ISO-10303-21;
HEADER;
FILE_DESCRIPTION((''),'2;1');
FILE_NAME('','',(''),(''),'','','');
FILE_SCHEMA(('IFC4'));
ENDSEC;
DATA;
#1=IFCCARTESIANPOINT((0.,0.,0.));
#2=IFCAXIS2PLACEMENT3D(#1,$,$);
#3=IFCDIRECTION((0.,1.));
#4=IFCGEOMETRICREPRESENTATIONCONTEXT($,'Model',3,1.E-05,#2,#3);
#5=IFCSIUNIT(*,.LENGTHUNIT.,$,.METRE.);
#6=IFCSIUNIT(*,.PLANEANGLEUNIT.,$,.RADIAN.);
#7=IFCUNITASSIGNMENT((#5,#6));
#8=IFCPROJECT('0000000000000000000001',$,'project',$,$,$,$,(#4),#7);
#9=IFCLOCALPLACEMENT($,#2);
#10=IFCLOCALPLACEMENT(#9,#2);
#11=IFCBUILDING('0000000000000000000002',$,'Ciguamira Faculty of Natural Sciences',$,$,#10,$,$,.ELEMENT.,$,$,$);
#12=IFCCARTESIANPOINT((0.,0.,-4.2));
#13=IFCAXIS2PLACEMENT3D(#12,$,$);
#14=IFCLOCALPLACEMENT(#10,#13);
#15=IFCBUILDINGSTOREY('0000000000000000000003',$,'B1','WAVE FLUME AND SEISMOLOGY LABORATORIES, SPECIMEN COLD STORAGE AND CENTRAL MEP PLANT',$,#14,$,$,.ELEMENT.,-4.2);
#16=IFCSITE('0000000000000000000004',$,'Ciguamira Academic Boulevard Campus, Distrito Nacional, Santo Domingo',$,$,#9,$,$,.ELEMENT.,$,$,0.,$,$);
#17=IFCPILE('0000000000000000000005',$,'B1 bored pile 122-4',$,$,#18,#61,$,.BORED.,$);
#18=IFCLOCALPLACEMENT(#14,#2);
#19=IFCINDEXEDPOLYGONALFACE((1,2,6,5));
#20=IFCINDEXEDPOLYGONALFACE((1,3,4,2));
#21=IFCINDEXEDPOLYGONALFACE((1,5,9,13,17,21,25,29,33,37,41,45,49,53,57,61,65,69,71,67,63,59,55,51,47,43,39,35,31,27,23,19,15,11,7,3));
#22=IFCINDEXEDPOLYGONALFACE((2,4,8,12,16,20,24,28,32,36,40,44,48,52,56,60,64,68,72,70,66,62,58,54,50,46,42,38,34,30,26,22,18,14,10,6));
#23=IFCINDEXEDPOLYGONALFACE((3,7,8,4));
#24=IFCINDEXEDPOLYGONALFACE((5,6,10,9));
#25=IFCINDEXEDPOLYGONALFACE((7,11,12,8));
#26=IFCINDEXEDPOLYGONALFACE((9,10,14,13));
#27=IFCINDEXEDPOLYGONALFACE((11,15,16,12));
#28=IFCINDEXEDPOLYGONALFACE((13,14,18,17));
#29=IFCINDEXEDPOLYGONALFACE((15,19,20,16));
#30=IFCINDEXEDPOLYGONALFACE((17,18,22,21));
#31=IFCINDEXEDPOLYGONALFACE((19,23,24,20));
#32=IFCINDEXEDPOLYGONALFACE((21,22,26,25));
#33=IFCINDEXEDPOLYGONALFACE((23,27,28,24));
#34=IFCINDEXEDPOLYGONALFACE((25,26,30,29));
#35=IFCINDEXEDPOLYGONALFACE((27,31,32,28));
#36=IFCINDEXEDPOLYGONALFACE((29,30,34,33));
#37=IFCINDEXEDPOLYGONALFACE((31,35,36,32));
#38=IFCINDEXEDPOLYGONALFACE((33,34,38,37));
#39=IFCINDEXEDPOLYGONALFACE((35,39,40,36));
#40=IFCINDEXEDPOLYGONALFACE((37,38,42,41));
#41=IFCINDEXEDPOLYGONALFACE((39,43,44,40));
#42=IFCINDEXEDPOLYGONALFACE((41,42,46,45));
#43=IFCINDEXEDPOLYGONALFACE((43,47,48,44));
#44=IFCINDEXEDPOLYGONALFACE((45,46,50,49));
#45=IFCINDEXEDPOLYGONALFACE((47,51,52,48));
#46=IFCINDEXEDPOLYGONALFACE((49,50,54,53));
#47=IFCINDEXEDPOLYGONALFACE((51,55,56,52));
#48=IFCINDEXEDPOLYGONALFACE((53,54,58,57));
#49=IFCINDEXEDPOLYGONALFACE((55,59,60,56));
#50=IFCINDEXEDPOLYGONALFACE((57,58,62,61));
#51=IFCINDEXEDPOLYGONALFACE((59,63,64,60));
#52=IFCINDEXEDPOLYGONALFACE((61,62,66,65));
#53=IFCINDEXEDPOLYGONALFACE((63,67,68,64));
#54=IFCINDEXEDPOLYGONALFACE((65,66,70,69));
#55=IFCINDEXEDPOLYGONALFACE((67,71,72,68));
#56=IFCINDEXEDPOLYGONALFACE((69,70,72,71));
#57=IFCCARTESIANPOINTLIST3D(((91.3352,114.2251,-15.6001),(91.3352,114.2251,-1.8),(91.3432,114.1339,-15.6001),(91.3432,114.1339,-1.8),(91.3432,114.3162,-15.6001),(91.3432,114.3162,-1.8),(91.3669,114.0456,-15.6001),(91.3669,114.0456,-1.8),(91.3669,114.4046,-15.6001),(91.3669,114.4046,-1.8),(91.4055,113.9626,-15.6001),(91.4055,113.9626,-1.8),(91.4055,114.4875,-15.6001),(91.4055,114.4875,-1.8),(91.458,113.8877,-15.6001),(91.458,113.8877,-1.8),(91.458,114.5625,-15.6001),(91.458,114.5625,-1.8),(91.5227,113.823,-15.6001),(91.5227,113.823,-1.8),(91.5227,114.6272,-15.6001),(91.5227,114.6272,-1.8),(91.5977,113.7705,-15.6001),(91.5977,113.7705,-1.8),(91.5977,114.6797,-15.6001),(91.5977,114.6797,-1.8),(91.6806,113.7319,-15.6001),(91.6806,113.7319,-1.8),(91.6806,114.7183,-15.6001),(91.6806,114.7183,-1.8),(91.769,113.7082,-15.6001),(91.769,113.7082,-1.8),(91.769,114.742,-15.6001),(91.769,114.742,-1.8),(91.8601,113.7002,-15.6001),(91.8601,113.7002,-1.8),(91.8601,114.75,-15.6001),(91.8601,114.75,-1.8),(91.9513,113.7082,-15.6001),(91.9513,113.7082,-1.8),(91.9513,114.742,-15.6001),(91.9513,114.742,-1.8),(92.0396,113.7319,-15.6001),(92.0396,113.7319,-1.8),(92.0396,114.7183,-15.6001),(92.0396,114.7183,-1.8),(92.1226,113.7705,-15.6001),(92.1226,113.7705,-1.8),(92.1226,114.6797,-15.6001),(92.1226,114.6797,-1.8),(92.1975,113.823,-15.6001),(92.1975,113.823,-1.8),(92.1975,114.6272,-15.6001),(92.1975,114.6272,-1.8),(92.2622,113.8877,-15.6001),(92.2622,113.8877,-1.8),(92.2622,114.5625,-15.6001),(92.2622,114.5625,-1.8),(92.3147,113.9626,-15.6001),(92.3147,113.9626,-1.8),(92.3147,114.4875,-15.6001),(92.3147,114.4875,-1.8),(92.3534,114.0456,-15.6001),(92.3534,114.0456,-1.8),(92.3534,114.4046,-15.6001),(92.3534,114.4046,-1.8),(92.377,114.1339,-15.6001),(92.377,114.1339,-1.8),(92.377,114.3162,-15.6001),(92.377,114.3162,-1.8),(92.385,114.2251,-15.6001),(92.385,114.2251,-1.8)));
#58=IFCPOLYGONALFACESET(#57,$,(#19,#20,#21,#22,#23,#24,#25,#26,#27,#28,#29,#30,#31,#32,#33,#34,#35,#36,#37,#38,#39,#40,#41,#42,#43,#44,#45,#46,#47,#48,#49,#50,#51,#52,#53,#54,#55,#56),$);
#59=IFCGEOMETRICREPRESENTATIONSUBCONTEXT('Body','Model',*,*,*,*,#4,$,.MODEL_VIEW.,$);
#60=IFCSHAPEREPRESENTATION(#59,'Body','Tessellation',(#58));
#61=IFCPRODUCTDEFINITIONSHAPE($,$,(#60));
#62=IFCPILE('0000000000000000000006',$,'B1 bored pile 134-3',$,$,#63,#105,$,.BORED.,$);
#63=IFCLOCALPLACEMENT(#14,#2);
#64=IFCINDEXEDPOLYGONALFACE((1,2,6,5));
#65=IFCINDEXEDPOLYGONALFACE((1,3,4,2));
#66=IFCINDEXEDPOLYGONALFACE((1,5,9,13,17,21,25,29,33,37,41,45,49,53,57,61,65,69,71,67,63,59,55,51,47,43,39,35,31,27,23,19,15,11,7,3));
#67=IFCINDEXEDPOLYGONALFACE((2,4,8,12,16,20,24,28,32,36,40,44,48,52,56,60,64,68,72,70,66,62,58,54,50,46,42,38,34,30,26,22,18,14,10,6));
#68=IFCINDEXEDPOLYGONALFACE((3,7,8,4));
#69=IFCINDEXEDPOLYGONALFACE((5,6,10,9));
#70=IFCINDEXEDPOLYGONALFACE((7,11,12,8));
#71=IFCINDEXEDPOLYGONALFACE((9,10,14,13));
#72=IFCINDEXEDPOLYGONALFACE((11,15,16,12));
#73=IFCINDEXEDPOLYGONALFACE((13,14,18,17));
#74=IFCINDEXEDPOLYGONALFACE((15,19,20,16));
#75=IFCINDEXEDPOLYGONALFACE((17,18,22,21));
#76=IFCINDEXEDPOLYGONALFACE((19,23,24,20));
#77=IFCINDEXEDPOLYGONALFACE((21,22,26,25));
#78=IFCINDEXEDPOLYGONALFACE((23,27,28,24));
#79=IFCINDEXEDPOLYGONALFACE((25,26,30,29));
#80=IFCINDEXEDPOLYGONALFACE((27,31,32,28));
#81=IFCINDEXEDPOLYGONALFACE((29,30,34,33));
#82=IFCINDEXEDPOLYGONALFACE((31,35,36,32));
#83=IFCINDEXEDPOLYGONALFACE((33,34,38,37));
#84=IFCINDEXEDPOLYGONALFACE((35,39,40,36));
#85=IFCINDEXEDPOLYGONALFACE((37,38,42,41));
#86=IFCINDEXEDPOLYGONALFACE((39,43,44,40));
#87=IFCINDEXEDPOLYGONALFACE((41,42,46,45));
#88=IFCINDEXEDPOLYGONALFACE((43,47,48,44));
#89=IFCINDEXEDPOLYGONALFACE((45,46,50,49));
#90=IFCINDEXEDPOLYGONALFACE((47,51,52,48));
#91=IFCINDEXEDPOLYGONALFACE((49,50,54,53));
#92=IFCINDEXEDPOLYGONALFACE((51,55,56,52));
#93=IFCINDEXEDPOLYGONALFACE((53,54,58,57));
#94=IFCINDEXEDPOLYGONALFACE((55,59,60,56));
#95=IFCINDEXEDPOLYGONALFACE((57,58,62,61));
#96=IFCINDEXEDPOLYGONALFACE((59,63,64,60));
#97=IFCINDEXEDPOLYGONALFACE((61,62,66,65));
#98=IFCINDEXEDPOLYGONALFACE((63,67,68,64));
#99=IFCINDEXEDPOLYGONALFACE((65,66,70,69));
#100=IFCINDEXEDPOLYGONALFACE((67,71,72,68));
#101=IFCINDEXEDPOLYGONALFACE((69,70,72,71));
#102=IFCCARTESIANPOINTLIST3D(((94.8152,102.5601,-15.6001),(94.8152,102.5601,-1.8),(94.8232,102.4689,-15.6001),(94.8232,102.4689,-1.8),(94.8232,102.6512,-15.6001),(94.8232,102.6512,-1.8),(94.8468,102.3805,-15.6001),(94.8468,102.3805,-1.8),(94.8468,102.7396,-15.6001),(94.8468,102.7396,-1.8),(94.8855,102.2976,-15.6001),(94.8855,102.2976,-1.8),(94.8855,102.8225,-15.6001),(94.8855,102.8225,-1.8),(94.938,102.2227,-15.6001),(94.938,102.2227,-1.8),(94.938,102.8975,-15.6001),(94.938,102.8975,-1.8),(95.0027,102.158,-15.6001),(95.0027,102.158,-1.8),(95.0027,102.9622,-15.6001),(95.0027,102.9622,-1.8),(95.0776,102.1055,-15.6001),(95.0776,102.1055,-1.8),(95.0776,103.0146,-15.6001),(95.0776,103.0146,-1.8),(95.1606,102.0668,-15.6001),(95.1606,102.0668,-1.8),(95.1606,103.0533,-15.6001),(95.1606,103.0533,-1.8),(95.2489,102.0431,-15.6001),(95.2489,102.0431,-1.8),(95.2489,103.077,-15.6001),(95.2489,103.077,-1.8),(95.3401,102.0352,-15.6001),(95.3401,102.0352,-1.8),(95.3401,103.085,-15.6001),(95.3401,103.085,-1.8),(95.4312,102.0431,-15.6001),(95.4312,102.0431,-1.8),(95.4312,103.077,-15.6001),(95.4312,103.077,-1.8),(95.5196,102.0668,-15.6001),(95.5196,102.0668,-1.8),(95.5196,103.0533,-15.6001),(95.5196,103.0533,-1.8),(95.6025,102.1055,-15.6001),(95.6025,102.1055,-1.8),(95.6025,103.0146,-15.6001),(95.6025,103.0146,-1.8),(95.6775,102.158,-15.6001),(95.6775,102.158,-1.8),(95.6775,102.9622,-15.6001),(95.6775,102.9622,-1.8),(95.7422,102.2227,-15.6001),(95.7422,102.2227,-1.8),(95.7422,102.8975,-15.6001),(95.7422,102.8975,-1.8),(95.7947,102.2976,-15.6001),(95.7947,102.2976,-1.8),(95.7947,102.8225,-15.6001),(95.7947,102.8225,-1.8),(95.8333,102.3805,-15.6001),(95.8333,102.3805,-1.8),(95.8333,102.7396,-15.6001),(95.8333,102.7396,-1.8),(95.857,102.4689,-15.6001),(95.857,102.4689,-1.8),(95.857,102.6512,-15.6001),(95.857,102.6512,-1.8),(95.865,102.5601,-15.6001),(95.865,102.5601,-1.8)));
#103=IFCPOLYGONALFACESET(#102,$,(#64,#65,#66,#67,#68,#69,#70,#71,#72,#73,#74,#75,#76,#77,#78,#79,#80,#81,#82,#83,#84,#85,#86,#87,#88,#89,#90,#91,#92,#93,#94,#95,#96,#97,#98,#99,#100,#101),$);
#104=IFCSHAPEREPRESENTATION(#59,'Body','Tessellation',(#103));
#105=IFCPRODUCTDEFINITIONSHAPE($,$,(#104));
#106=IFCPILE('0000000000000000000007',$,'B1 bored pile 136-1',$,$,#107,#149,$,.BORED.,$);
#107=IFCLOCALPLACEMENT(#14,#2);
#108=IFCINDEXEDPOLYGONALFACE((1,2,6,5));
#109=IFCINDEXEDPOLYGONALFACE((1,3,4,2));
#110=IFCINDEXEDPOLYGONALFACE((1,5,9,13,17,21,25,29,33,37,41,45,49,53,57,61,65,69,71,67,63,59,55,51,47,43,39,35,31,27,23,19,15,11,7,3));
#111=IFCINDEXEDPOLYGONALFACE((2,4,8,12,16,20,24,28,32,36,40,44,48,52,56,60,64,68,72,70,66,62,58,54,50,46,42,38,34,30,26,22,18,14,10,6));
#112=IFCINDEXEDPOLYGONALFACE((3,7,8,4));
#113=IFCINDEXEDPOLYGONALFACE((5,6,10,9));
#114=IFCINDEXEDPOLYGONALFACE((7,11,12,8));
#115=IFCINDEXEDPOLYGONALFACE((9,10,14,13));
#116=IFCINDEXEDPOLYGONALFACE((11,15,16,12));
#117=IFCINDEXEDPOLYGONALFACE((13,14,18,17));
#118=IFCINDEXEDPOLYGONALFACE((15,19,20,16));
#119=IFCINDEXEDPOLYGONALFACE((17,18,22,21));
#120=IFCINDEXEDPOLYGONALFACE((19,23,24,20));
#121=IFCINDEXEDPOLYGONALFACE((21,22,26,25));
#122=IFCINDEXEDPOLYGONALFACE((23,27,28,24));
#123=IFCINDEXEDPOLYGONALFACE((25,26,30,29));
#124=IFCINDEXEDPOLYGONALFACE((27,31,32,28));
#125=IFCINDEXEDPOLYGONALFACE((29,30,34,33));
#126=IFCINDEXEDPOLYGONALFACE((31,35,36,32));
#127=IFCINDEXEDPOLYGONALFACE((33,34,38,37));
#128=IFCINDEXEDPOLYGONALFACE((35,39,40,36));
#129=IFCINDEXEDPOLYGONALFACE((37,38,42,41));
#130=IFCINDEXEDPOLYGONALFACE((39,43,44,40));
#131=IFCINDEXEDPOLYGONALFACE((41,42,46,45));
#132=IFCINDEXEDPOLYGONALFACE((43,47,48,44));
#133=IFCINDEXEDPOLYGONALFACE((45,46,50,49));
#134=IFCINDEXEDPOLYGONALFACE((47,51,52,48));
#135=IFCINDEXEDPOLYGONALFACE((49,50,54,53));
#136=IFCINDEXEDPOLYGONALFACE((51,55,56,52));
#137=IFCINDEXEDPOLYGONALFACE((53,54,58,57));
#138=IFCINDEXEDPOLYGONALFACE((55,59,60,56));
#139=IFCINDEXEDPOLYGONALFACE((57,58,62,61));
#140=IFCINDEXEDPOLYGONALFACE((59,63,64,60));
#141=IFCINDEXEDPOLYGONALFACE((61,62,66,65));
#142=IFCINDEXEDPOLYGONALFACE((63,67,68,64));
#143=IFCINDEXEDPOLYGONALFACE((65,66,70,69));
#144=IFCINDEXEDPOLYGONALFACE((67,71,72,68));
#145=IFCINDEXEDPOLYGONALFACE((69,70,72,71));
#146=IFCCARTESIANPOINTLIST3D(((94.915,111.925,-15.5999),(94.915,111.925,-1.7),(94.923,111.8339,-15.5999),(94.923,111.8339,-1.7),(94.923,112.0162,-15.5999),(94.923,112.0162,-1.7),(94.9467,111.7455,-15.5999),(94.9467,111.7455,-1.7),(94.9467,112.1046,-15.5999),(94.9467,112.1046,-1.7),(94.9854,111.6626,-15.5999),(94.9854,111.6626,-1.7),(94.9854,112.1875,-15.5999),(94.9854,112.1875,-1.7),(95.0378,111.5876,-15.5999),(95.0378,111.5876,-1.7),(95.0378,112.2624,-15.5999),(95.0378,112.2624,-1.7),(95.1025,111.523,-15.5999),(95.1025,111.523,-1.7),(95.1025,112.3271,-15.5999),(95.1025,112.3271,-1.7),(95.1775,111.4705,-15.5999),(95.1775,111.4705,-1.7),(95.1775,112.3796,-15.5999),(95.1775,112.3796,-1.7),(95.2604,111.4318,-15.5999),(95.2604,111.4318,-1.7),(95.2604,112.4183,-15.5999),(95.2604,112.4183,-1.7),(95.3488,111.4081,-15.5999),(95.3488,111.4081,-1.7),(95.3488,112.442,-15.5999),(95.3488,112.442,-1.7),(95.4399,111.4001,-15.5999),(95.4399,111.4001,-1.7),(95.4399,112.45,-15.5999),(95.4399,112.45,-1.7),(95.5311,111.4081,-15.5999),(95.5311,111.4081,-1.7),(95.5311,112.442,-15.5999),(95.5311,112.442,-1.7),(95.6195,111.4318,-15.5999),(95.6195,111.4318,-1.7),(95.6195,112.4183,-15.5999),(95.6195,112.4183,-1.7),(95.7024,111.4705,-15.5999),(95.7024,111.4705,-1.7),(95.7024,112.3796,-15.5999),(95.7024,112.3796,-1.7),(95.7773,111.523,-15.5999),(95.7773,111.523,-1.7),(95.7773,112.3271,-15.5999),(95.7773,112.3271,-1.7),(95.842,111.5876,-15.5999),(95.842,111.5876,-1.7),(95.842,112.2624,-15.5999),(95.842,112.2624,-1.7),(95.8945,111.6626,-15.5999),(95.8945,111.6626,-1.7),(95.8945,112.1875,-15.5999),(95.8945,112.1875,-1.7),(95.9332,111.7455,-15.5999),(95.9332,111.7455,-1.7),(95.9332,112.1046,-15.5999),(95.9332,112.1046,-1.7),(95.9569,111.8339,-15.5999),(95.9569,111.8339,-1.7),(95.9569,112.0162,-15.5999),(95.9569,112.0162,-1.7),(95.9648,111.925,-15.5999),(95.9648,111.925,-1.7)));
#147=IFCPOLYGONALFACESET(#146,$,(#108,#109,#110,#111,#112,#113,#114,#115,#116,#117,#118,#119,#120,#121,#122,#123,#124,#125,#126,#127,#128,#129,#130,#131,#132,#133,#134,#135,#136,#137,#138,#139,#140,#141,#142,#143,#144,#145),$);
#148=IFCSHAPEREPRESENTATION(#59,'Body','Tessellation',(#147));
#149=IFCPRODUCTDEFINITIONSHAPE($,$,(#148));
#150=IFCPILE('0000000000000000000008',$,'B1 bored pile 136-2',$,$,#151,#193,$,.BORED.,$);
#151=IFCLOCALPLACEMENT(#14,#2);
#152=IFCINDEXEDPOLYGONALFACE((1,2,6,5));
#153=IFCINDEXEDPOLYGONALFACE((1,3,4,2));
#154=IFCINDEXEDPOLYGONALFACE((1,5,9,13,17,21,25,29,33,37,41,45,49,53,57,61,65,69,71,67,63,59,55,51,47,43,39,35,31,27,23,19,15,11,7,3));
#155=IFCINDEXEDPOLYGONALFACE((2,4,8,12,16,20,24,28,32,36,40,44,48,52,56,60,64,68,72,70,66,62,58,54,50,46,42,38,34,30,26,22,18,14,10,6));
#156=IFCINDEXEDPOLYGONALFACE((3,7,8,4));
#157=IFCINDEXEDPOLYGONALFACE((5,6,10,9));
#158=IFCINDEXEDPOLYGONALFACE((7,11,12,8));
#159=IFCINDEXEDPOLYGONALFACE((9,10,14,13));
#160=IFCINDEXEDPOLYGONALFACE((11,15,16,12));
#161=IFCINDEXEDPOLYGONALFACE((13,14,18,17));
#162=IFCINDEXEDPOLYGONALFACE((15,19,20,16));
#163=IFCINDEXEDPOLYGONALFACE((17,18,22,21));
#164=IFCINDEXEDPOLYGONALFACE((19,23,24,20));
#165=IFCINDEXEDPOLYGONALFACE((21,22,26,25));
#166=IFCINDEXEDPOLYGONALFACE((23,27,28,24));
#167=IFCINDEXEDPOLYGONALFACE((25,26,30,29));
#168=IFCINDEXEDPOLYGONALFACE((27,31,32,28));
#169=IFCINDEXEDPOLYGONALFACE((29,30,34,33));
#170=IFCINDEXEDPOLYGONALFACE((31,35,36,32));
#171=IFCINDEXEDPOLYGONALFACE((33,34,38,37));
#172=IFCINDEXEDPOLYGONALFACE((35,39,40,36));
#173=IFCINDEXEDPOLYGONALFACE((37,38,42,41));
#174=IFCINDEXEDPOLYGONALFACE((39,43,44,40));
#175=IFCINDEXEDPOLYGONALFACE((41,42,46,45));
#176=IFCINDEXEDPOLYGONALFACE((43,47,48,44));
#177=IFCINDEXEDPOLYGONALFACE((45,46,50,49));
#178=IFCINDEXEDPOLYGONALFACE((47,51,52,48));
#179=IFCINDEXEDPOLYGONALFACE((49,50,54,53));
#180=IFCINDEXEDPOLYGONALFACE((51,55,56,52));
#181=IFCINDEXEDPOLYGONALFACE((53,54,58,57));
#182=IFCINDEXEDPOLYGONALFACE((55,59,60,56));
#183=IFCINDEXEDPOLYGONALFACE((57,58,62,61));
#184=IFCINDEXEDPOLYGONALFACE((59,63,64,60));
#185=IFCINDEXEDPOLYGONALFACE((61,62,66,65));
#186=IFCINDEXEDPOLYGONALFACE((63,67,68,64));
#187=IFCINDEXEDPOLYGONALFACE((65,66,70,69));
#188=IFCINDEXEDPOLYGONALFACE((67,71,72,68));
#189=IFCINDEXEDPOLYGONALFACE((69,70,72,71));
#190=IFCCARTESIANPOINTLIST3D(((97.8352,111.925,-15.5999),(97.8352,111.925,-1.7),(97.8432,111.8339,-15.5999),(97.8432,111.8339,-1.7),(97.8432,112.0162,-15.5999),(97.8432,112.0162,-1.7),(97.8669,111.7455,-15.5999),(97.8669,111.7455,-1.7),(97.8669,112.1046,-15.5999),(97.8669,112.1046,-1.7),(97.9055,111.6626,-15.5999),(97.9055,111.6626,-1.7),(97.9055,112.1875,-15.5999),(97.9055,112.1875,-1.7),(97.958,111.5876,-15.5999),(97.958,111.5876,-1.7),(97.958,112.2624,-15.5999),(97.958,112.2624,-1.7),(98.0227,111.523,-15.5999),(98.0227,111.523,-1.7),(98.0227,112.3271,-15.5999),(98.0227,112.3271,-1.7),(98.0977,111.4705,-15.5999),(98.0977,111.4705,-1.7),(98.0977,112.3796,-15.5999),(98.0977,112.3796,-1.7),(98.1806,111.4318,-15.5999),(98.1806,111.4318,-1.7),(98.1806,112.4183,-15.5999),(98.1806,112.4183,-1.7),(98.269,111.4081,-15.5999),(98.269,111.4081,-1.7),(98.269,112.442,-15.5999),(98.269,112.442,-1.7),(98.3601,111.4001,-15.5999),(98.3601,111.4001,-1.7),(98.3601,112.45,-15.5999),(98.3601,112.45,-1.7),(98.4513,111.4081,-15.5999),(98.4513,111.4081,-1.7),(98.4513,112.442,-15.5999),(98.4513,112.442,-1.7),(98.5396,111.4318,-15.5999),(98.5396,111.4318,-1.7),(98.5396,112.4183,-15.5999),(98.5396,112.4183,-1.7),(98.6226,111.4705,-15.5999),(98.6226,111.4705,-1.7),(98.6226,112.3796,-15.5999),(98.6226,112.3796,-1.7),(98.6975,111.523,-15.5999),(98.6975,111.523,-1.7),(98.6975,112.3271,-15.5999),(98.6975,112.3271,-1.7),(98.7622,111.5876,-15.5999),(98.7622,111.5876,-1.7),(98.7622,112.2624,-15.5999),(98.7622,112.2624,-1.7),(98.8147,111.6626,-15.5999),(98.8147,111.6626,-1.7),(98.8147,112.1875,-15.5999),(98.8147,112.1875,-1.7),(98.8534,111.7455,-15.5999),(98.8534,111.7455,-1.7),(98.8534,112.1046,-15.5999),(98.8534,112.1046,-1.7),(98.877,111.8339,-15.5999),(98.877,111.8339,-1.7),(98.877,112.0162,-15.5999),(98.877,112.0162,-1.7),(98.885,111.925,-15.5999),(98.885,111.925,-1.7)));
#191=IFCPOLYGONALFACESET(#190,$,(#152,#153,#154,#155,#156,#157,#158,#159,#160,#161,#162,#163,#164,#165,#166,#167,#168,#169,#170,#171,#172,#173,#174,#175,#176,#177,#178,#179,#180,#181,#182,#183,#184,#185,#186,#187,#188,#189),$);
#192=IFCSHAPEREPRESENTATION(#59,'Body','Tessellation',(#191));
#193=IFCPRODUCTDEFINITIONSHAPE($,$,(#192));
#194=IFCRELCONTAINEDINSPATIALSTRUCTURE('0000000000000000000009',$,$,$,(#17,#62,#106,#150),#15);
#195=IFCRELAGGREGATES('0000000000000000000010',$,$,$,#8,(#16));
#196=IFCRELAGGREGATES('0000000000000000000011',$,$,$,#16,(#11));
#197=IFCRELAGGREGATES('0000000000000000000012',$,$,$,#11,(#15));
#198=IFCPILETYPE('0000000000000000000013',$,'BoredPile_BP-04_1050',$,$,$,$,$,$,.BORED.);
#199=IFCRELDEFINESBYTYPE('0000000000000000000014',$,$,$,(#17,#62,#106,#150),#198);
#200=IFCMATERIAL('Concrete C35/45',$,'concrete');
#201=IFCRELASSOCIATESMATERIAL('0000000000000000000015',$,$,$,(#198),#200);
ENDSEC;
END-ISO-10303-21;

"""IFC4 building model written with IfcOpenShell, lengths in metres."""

from ifc_helpers import new_model, si_unit, direction, frame, origin, origin_2d, place, context, subcontext, project, spatial, circle, extrude, material, material_profile, profile_set, type_object, element, save


model = new_model("IFC4")

# Units and contexts
model_context = context("Model", 3, precision=1e-05, world=origin(), true_north=direction((0.0, 1.0)))
body_context = subcontext(model_context, "Body", "Model", "MODEL_VIEW")
ifc_project = project(units=[si_unit("LENGTHUNIT", "METRE"), si_unit("PLANEANGLEUNIT", "RADIAN")], contexts=[model_context])

# Site, building, storey
site_placement = place(None, origin())
site = spatial("IfcSite", under=ifc_project, at=site_placement, Name="Ciguamira Academic Boulevard Campus, Distrito Nacional, Santo Domingo", CompositionType="ELEMENT", RefElevation=0.0)
building_placement = place(site_placement, origin())
building = spatial("IfcBuilding", under=site, at=building_placement, Name="Ciguamira Faculty of Natural Sciences", CompositionType="ELEMENT")
storey_placement = place(building_placement, frame((0.0, 0.0, -4.2)))
storey = spatial("IfcBuildingStorey", under=building, at=storey_placement, Name="B1", Description="WAVE FLUME AND SEISMOLOGY LABORATORIES, SPECIMEN COLD STORAGE AND CENTRAL MEP PLANT", CompositionType="ELEMENT", Elevation=-4.2)

# Piles
ifc_material_1 = material(Name="Concrete C35/45", Category="concrete")
ifc_material_profile_1 = material_profile(ifc_material_1, circle(Radius=0.5249, at=origin_2d()), Name="PILE-BORED-1050")
ifc_profile_set_1 = profile_set([ifc_material_profile_1], Name="Concrete C35/45")
pile_type_1 = type_object("IfcPileType", Name="BoredPile_BP-04_1050", PredefinedType="BORED", material=ifc_profile_set_1)
for number, where, z_axis, x_axis, name in (
    (1, (91.8601, 114.2251, -1.8), (0.0, 0.0, -1.0), (1.0, 0.0, 0.0), "B1 bored pile 122-4"),
    (2, (95.3401, 102.5601, -1.8), (0.0, 0.0, -1.0), (1.0, 0.0, 0.0), "B1 bored pile 134-3"),
):
    element("IfcPile", number, at=place(storey_placement, frame(where, z_axis=z_axis, x_axis=x_axis)), inside=storey, type_object=pile_type_1, Name=name, PredefinedType="BORED", context=body_context, shape_type="SweptSolid", body=[
        extrude(circle(Radius=0.5249, at=origin_2d()), origin(), (0.0, 0.0, 1.0), 13.8),
    ])
for number, where, z_axis, x_axis, name in (
    (3, (95.4399, 111.925, -1.7), (0.0, 0.0, -1.0), (1.0, 0.0, 0.0), "B1 bored pile 136-1"),
    (4, (98.3601, 111.925, -1.7), (0.0, 0.0, -1.0), (1.0, 0.0, 0.0), "B1 bored pile 136-2"),
):
    element("IfcPile", number, at=place(storey_placement, frame(where, z_axis=z_axis, x_axis=x_axis)), inside=storey, type_object=pile_type_1, Name=name, PredefinedType="BORED", context=body_context, shape_type="SweptSolid", body=[
        extrude(circle(Radius=0.5249, at=origin_2d()), origin(), (0.0, 0.0, 1.0), 13.8999),
    ])

save(model, "model.ifc")
